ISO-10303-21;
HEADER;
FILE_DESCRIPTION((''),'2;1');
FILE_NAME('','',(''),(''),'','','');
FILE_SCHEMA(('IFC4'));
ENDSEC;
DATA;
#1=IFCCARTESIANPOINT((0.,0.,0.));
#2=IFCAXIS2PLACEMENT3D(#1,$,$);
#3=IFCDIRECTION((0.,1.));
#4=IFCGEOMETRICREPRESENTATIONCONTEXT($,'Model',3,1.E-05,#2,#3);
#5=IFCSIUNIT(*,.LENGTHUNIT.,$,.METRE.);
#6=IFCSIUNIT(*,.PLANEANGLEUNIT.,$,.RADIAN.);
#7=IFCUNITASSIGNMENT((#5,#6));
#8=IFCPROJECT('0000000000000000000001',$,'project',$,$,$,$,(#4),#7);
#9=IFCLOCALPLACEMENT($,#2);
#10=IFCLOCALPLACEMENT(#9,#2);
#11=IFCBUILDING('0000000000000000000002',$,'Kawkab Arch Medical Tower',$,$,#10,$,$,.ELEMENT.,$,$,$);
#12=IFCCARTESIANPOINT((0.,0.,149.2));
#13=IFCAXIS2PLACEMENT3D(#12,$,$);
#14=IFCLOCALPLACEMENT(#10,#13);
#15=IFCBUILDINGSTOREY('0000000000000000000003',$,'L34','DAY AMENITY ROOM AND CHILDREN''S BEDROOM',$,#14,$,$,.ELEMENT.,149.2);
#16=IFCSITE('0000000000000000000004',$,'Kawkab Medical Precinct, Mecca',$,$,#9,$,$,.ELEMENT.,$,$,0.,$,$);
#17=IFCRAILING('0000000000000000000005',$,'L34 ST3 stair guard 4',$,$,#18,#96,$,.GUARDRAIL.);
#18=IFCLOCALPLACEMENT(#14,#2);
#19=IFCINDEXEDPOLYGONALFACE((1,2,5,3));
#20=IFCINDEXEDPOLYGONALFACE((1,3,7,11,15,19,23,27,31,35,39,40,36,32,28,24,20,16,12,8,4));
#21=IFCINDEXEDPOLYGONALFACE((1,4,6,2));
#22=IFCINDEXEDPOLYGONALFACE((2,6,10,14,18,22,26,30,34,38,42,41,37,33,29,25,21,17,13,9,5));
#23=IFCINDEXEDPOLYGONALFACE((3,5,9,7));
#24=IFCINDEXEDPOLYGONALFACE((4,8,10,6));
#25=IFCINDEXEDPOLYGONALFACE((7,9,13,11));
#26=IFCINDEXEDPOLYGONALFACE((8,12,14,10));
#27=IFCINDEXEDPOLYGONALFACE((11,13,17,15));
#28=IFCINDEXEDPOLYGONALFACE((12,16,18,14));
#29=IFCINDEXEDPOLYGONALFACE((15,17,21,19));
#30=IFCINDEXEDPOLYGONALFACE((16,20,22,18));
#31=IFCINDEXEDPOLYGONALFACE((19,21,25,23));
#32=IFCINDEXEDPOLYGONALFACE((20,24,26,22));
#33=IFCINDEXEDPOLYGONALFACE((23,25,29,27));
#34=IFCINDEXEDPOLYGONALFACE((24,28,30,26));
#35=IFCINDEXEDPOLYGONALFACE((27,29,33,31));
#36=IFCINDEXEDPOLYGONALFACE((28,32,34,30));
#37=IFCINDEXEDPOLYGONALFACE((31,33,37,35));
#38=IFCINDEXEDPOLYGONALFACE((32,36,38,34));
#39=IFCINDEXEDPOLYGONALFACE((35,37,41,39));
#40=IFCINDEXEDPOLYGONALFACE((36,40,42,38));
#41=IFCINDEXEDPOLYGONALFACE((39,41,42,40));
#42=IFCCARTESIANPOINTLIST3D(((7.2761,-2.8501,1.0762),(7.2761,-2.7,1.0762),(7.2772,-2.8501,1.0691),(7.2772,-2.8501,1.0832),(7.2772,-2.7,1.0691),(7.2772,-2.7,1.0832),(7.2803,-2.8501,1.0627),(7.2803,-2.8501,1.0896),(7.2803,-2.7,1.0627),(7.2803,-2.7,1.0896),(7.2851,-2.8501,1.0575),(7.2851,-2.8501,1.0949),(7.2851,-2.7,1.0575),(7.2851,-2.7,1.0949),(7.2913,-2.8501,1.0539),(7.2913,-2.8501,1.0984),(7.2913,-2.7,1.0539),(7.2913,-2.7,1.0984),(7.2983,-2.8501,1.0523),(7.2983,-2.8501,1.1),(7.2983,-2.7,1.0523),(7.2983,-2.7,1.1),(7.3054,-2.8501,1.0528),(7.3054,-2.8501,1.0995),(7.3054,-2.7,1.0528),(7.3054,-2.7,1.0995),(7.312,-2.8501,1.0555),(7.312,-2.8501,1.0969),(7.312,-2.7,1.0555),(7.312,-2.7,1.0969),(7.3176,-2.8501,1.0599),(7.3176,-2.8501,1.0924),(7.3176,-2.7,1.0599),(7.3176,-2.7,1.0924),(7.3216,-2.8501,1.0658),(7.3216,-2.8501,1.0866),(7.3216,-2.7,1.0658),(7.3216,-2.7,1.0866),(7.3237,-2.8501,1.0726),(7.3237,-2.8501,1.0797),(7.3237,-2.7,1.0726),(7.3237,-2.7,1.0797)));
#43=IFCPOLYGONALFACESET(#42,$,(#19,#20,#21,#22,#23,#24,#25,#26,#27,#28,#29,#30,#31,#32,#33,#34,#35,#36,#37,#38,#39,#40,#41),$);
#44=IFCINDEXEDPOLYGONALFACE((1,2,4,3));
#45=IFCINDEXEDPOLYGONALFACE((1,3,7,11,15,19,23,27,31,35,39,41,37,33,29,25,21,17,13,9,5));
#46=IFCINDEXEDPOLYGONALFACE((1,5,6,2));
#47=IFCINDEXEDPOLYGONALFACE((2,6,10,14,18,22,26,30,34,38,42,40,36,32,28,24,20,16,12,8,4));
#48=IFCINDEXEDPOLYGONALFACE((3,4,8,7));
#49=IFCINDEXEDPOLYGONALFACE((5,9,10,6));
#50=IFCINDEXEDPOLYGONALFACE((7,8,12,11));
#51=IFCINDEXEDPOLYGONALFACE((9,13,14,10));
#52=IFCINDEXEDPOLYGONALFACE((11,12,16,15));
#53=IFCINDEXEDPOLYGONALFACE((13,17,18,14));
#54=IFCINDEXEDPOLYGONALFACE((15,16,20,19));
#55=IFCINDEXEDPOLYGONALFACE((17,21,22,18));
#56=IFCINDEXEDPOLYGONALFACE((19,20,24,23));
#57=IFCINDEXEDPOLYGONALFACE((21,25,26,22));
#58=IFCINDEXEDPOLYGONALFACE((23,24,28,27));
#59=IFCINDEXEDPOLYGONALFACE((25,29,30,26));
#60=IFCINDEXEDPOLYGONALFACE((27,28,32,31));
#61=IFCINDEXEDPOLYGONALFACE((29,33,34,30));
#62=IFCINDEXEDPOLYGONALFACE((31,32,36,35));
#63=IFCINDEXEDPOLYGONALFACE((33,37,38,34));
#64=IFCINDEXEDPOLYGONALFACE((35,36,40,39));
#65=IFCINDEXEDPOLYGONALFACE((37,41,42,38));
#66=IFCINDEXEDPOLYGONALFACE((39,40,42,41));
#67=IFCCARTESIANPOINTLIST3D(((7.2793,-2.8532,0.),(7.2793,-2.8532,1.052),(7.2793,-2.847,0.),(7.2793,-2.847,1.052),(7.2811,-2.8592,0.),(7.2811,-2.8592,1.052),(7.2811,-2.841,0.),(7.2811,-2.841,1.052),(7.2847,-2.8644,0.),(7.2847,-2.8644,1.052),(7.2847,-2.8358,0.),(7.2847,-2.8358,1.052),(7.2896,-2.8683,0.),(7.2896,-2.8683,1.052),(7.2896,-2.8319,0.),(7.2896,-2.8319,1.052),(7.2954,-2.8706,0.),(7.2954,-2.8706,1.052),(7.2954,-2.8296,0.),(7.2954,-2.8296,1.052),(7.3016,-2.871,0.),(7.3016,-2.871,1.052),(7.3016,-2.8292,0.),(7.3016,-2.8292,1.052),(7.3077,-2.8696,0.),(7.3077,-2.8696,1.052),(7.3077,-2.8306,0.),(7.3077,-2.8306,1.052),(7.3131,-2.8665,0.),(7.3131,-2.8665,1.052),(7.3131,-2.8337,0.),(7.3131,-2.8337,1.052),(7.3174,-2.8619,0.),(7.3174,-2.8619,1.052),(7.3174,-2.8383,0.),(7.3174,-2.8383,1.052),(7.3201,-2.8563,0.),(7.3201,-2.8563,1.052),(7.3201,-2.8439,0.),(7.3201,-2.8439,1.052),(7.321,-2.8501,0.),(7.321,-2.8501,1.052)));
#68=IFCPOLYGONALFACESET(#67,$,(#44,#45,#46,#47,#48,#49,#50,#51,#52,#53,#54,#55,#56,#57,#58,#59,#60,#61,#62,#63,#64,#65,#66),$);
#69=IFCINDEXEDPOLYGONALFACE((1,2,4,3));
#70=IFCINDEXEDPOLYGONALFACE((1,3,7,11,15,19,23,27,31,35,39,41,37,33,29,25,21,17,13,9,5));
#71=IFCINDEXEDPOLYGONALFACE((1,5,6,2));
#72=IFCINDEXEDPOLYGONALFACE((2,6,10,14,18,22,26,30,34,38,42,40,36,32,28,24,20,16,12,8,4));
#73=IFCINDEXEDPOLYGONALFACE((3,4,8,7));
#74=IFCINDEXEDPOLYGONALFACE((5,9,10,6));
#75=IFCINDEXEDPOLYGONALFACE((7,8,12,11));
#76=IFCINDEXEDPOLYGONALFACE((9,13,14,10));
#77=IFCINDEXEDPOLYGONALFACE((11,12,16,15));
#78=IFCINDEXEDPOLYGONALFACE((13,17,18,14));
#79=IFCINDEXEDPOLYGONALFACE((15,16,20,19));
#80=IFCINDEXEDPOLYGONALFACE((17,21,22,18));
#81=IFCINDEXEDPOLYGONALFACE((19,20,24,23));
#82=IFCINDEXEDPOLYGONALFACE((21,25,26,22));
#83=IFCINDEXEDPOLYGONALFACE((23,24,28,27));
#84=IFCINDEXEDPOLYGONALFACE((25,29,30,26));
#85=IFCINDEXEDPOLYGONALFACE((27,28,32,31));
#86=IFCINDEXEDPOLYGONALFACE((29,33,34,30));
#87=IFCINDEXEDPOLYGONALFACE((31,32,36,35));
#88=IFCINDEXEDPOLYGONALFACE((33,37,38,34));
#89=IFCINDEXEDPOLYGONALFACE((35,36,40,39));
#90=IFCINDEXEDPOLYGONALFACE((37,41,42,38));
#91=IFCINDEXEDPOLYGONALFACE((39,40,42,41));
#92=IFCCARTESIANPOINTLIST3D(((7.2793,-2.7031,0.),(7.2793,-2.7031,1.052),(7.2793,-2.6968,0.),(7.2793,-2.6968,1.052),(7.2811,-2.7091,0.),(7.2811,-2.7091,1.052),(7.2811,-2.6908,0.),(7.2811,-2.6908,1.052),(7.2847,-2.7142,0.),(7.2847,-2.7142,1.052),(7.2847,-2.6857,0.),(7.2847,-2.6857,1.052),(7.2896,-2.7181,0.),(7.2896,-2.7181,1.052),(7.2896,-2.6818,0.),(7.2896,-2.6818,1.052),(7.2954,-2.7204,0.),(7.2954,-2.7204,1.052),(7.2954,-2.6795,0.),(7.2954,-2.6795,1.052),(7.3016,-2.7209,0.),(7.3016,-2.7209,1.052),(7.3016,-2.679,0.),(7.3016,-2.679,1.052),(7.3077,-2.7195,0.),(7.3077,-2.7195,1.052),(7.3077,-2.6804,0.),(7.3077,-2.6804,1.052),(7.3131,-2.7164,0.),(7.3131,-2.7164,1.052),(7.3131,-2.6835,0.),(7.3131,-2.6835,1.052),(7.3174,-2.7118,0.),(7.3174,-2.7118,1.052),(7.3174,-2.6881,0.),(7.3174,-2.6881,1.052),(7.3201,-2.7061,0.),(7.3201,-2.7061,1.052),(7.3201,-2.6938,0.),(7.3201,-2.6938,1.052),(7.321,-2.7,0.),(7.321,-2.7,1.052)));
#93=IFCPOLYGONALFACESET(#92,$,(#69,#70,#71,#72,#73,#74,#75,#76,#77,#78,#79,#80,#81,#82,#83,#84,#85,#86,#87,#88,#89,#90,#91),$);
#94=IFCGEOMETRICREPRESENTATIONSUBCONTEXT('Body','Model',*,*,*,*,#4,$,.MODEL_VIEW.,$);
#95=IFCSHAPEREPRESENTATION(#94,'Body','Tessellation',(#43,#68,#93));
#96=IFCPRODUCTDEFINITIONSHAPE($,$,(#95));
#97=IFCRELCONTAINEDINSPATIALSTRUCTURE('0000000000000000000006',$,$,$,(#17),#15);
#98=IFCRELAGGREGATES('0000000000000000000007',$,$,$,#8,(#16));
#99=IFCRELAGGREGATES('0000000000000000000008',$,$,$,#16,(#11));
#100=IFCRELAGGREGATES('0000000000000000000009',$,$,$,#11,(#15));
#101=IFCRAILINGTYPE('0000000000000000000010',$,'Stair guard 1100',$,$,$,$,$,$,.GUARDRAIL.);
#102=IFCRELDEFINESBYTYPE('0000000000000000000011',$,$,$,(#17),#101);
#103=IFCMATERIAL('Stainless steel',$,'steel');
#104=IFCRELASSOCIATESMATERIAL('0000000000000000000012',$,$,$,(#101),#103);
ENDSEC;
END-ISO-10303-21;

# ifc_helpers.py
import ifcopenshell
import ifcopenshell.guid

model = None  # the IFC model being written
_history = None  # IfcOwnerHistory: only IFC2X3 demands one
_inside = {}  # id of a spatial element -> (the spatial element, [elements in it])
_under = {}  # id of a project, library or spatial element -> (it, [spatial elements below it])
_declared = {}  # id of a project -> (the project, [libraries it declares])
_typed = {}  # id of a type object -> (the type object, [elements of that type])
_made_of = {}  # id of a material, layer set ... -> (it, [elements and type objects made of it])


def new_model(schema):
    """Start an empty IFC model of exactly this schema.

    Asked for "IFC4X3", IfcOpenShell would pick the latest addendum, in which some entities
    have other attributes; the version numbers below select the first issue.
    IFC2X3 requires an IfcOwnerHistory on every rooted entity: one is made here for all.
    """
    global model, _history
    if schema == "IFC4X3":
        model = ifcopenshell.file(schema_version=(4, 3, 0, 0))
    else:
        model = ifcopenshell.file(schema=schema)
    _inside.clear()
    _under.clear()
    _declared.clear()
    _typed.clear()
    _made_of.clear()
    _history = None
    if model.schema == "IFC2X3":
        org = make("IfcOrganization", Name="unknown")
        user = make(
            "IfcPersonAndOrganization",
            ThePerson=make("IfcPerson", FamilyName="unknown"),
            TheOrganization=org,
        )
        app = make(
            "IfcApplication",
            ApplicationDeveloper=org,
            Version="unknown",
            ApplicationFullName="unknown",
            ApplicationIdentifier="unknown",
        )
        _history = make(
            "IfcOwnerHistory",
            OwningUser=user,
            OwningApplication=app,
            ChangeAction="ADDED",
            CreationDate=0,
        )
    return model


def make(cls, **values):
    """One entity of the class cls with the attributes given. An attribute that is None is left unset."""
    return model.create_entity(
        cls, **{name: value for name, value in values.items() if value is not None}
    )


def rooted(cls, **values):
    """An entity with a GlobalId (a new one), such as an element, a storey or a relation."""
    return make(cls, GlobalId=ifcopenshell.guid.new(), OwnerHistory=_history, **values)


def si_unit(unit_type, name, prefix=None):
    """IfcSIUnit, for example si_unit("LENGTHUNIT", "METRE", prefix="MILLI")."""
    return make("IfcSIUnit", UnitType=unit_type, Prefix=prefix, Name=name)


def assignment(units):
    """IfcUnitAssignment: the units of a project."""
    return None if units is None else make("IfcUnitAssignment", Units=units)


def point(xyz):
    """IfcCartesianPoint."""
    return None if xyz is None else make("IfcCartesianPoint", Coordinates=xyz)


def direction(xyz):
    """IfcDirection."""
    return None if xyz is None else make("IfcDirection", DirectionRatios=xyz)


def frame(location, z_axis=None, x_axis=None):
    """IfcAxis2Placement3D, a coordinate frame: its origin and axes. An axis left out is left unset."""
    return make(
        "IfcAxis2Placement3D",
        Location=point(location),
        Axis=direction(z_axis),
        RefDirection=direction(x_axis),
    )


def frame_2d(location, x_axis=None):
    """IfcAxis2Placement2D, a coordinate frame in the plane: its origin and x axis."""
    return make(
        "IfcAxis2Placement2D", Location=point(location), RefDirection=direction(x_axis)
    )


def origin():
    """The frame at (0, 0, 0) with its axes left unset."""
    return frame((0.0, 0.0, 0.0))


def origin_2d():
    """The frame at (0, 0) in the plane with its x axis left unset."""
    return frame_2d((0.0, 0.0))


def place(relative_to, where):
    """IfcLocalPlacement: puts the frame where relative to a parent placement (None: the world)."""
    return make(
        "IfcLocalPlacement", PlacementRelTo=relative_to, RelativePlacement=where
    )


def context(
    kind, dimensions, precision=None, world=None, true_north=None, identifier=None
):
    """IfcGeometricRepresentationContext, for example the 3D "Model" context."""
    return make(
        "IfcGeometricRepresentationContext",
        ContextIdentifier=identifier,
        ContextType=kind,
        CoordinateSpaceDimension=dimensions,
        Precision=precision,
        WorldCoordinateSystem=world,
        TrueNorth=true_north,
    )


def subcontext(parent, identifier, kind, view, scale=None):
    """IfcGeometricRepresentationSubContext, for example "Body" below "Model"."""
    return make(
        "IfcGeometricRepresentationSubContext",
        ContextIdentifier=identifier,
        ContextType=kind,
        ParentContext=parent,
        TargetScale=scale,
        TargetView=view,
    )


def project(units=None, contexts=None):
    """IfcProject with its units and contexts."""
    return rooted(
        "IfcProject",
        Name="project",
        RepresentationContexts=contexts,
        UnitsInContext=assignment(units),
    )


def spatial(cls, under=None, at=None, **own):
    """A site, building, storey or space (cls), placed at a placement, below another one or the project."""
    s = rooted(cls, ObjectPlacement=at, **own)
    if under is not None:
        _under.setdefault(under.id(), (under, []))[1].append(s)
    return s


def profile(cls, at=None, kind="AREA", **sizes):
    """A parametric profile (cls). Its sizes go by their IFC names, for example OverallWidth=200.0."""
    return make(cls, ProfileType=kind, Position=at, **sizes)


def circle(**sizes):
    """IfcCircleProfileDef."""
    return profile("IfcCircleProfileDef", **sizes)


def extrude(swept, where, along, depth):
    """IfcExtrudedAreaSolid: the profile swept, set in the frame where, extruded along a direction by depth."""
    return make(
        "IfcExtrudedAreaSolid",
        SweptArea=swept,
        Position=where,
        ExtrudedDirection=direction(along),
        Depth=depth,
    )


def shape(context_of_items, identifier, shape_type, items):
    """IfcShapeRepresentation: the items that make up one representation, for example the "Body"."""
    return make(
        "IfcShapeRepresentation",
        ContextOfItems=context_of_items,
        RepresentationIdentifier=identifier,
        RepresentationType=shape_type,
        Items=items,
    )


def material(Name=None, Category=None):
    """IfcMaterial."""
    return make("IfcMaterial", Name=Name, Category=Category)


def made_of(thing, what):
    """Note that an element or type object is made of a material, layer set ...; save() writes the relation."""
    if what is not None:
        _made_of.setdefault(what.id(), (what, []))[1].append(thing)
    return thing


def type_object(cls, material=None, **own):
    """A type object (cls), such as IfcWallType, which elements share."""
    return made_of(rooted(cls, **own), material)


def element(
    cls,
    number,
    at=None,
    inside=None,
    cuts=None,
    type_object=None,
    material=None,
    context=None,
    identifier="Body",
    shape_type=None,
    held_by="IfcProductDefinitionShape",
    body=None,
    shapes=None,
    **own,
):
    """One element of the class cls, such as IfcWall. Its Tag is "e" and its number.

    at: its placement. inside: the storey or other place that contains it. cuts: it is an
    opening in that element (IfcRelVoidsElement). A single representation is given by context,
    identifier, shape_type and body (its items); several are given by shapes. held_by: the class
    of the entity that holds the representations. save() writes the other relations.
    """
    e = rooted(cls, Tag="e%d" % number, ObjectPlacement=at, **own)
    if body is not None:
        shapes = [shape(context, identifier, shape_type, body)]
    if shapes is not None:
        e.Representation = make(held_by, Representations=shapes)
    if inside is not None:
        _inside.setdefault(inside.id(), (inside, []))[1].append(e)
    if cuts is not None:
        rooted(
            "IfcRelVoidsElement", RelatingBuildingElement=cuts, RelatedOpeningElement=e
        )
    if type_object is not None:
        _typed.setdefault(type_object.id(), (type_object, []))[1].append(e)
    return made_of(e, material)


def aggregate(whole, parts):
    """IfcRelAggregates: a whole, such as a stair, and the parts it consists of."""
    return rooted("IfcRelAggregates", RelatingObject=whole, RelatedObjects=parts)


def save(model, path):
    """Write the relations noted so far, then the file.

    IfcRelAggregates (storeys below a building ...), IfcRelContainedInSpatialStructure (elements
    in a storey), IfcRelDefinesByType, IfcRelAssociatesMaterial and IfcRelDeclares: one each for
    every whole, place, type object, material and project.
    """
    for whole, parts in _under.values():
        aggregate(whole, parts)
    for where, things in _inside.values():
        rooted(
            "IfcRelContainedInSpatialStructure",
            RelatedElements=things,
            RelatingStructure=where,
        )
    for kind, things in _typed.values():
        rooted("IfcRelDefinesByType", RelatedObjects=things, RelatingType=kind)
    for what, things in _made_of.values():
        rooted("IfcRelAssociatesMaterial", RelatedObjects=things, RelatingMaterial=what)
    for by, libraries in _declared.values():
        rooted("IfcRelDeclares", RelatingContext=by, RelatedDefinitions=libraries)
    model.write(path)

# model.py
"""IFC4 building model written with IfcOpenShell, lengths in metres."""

from ifc_helpers import new_model, si_unit, direction, frame, origin, origin_2d, place, context, subcontext, project, spatial, circle, extrude, material, type_object, element, save


model = new_model("IFC4")

# Units and contexts
model_context = context("Model", 3, precision=1e-05, world=origin(), true_north=direction((0.0, 1.0)))
body_context = subcontext(model_context, "Body", "Model", "MODEL_VIEW")
ifc_project = project(units=[si_unit("LENGTHUNIT", "METRE"), si_unit("PLANEANGLEUNIT", "RADIAN")], contexts=[model_context])

# Site, building, storey
site_placement = place(None, origin())
site = spatial("IfcSite", under=ifc_project, at=site_placement, Name="Kawkab Medical Precinct, Mecca", CompositionType="ELEMENT", RefElevation=0.0)
building_placement = place(site_placement, origin())
building = spatial("IfcBuilding", under=site, at=building_placement, Name="Kawkab Arch Medical Tower", CompositionType="ELEMENT")
storey_placement = place(building_placement, frame((0.0, 0.0, 149.2)))
storey = spatial("IfcBuildingStorey", under=building, at=storey_placement, Name="L34", Description="DAY AMENITY ROOM AND CHILDREN'S BEDROOM", CompositionType="ELEMENT", Elevation=149.2)

# Railing
ifc_material_1 = material(Name="Stainless steel", Category="steel")
railing_type_1 = type_object("IfcRailingType", Name="Stair guard 1100", PredefinedType="GUARDRAIL", material=ifc_material_1)
railing_1_placement = place(storey_placement, frame((7.3, -2.8501, 0.0)))
element("IfcRailing", 1, at=railing_1_placement, inside=storey, type_object=railing_type_1, Name="L34 ST3 stair guard 4", PredefinedType="GUARDRAIL", context=body_context, shape_type="SweptSolid", body=[
    extrude(circle(Radius=0.0239, at=origin_2d()), frame((0.0, 0.0, 1.0762), z_axis=(0.0, 1.0, 0.0), x_axis=(-1.0, 0.0, 0.0)), (0.0, 0.0, 1.0), 0.1501),
    extrude(circle(Radius=0.021, at=origin_2d()), origin(), (0.0, 0.0, 1.0), 1.052),
    extrude(circle(Radius=0.021, at=origin_2d()), frame((0.0, 0.1501, 0.0)), (0.0, 0.0, 1.0), 1.052),
])

save(model, "model.ifc")
